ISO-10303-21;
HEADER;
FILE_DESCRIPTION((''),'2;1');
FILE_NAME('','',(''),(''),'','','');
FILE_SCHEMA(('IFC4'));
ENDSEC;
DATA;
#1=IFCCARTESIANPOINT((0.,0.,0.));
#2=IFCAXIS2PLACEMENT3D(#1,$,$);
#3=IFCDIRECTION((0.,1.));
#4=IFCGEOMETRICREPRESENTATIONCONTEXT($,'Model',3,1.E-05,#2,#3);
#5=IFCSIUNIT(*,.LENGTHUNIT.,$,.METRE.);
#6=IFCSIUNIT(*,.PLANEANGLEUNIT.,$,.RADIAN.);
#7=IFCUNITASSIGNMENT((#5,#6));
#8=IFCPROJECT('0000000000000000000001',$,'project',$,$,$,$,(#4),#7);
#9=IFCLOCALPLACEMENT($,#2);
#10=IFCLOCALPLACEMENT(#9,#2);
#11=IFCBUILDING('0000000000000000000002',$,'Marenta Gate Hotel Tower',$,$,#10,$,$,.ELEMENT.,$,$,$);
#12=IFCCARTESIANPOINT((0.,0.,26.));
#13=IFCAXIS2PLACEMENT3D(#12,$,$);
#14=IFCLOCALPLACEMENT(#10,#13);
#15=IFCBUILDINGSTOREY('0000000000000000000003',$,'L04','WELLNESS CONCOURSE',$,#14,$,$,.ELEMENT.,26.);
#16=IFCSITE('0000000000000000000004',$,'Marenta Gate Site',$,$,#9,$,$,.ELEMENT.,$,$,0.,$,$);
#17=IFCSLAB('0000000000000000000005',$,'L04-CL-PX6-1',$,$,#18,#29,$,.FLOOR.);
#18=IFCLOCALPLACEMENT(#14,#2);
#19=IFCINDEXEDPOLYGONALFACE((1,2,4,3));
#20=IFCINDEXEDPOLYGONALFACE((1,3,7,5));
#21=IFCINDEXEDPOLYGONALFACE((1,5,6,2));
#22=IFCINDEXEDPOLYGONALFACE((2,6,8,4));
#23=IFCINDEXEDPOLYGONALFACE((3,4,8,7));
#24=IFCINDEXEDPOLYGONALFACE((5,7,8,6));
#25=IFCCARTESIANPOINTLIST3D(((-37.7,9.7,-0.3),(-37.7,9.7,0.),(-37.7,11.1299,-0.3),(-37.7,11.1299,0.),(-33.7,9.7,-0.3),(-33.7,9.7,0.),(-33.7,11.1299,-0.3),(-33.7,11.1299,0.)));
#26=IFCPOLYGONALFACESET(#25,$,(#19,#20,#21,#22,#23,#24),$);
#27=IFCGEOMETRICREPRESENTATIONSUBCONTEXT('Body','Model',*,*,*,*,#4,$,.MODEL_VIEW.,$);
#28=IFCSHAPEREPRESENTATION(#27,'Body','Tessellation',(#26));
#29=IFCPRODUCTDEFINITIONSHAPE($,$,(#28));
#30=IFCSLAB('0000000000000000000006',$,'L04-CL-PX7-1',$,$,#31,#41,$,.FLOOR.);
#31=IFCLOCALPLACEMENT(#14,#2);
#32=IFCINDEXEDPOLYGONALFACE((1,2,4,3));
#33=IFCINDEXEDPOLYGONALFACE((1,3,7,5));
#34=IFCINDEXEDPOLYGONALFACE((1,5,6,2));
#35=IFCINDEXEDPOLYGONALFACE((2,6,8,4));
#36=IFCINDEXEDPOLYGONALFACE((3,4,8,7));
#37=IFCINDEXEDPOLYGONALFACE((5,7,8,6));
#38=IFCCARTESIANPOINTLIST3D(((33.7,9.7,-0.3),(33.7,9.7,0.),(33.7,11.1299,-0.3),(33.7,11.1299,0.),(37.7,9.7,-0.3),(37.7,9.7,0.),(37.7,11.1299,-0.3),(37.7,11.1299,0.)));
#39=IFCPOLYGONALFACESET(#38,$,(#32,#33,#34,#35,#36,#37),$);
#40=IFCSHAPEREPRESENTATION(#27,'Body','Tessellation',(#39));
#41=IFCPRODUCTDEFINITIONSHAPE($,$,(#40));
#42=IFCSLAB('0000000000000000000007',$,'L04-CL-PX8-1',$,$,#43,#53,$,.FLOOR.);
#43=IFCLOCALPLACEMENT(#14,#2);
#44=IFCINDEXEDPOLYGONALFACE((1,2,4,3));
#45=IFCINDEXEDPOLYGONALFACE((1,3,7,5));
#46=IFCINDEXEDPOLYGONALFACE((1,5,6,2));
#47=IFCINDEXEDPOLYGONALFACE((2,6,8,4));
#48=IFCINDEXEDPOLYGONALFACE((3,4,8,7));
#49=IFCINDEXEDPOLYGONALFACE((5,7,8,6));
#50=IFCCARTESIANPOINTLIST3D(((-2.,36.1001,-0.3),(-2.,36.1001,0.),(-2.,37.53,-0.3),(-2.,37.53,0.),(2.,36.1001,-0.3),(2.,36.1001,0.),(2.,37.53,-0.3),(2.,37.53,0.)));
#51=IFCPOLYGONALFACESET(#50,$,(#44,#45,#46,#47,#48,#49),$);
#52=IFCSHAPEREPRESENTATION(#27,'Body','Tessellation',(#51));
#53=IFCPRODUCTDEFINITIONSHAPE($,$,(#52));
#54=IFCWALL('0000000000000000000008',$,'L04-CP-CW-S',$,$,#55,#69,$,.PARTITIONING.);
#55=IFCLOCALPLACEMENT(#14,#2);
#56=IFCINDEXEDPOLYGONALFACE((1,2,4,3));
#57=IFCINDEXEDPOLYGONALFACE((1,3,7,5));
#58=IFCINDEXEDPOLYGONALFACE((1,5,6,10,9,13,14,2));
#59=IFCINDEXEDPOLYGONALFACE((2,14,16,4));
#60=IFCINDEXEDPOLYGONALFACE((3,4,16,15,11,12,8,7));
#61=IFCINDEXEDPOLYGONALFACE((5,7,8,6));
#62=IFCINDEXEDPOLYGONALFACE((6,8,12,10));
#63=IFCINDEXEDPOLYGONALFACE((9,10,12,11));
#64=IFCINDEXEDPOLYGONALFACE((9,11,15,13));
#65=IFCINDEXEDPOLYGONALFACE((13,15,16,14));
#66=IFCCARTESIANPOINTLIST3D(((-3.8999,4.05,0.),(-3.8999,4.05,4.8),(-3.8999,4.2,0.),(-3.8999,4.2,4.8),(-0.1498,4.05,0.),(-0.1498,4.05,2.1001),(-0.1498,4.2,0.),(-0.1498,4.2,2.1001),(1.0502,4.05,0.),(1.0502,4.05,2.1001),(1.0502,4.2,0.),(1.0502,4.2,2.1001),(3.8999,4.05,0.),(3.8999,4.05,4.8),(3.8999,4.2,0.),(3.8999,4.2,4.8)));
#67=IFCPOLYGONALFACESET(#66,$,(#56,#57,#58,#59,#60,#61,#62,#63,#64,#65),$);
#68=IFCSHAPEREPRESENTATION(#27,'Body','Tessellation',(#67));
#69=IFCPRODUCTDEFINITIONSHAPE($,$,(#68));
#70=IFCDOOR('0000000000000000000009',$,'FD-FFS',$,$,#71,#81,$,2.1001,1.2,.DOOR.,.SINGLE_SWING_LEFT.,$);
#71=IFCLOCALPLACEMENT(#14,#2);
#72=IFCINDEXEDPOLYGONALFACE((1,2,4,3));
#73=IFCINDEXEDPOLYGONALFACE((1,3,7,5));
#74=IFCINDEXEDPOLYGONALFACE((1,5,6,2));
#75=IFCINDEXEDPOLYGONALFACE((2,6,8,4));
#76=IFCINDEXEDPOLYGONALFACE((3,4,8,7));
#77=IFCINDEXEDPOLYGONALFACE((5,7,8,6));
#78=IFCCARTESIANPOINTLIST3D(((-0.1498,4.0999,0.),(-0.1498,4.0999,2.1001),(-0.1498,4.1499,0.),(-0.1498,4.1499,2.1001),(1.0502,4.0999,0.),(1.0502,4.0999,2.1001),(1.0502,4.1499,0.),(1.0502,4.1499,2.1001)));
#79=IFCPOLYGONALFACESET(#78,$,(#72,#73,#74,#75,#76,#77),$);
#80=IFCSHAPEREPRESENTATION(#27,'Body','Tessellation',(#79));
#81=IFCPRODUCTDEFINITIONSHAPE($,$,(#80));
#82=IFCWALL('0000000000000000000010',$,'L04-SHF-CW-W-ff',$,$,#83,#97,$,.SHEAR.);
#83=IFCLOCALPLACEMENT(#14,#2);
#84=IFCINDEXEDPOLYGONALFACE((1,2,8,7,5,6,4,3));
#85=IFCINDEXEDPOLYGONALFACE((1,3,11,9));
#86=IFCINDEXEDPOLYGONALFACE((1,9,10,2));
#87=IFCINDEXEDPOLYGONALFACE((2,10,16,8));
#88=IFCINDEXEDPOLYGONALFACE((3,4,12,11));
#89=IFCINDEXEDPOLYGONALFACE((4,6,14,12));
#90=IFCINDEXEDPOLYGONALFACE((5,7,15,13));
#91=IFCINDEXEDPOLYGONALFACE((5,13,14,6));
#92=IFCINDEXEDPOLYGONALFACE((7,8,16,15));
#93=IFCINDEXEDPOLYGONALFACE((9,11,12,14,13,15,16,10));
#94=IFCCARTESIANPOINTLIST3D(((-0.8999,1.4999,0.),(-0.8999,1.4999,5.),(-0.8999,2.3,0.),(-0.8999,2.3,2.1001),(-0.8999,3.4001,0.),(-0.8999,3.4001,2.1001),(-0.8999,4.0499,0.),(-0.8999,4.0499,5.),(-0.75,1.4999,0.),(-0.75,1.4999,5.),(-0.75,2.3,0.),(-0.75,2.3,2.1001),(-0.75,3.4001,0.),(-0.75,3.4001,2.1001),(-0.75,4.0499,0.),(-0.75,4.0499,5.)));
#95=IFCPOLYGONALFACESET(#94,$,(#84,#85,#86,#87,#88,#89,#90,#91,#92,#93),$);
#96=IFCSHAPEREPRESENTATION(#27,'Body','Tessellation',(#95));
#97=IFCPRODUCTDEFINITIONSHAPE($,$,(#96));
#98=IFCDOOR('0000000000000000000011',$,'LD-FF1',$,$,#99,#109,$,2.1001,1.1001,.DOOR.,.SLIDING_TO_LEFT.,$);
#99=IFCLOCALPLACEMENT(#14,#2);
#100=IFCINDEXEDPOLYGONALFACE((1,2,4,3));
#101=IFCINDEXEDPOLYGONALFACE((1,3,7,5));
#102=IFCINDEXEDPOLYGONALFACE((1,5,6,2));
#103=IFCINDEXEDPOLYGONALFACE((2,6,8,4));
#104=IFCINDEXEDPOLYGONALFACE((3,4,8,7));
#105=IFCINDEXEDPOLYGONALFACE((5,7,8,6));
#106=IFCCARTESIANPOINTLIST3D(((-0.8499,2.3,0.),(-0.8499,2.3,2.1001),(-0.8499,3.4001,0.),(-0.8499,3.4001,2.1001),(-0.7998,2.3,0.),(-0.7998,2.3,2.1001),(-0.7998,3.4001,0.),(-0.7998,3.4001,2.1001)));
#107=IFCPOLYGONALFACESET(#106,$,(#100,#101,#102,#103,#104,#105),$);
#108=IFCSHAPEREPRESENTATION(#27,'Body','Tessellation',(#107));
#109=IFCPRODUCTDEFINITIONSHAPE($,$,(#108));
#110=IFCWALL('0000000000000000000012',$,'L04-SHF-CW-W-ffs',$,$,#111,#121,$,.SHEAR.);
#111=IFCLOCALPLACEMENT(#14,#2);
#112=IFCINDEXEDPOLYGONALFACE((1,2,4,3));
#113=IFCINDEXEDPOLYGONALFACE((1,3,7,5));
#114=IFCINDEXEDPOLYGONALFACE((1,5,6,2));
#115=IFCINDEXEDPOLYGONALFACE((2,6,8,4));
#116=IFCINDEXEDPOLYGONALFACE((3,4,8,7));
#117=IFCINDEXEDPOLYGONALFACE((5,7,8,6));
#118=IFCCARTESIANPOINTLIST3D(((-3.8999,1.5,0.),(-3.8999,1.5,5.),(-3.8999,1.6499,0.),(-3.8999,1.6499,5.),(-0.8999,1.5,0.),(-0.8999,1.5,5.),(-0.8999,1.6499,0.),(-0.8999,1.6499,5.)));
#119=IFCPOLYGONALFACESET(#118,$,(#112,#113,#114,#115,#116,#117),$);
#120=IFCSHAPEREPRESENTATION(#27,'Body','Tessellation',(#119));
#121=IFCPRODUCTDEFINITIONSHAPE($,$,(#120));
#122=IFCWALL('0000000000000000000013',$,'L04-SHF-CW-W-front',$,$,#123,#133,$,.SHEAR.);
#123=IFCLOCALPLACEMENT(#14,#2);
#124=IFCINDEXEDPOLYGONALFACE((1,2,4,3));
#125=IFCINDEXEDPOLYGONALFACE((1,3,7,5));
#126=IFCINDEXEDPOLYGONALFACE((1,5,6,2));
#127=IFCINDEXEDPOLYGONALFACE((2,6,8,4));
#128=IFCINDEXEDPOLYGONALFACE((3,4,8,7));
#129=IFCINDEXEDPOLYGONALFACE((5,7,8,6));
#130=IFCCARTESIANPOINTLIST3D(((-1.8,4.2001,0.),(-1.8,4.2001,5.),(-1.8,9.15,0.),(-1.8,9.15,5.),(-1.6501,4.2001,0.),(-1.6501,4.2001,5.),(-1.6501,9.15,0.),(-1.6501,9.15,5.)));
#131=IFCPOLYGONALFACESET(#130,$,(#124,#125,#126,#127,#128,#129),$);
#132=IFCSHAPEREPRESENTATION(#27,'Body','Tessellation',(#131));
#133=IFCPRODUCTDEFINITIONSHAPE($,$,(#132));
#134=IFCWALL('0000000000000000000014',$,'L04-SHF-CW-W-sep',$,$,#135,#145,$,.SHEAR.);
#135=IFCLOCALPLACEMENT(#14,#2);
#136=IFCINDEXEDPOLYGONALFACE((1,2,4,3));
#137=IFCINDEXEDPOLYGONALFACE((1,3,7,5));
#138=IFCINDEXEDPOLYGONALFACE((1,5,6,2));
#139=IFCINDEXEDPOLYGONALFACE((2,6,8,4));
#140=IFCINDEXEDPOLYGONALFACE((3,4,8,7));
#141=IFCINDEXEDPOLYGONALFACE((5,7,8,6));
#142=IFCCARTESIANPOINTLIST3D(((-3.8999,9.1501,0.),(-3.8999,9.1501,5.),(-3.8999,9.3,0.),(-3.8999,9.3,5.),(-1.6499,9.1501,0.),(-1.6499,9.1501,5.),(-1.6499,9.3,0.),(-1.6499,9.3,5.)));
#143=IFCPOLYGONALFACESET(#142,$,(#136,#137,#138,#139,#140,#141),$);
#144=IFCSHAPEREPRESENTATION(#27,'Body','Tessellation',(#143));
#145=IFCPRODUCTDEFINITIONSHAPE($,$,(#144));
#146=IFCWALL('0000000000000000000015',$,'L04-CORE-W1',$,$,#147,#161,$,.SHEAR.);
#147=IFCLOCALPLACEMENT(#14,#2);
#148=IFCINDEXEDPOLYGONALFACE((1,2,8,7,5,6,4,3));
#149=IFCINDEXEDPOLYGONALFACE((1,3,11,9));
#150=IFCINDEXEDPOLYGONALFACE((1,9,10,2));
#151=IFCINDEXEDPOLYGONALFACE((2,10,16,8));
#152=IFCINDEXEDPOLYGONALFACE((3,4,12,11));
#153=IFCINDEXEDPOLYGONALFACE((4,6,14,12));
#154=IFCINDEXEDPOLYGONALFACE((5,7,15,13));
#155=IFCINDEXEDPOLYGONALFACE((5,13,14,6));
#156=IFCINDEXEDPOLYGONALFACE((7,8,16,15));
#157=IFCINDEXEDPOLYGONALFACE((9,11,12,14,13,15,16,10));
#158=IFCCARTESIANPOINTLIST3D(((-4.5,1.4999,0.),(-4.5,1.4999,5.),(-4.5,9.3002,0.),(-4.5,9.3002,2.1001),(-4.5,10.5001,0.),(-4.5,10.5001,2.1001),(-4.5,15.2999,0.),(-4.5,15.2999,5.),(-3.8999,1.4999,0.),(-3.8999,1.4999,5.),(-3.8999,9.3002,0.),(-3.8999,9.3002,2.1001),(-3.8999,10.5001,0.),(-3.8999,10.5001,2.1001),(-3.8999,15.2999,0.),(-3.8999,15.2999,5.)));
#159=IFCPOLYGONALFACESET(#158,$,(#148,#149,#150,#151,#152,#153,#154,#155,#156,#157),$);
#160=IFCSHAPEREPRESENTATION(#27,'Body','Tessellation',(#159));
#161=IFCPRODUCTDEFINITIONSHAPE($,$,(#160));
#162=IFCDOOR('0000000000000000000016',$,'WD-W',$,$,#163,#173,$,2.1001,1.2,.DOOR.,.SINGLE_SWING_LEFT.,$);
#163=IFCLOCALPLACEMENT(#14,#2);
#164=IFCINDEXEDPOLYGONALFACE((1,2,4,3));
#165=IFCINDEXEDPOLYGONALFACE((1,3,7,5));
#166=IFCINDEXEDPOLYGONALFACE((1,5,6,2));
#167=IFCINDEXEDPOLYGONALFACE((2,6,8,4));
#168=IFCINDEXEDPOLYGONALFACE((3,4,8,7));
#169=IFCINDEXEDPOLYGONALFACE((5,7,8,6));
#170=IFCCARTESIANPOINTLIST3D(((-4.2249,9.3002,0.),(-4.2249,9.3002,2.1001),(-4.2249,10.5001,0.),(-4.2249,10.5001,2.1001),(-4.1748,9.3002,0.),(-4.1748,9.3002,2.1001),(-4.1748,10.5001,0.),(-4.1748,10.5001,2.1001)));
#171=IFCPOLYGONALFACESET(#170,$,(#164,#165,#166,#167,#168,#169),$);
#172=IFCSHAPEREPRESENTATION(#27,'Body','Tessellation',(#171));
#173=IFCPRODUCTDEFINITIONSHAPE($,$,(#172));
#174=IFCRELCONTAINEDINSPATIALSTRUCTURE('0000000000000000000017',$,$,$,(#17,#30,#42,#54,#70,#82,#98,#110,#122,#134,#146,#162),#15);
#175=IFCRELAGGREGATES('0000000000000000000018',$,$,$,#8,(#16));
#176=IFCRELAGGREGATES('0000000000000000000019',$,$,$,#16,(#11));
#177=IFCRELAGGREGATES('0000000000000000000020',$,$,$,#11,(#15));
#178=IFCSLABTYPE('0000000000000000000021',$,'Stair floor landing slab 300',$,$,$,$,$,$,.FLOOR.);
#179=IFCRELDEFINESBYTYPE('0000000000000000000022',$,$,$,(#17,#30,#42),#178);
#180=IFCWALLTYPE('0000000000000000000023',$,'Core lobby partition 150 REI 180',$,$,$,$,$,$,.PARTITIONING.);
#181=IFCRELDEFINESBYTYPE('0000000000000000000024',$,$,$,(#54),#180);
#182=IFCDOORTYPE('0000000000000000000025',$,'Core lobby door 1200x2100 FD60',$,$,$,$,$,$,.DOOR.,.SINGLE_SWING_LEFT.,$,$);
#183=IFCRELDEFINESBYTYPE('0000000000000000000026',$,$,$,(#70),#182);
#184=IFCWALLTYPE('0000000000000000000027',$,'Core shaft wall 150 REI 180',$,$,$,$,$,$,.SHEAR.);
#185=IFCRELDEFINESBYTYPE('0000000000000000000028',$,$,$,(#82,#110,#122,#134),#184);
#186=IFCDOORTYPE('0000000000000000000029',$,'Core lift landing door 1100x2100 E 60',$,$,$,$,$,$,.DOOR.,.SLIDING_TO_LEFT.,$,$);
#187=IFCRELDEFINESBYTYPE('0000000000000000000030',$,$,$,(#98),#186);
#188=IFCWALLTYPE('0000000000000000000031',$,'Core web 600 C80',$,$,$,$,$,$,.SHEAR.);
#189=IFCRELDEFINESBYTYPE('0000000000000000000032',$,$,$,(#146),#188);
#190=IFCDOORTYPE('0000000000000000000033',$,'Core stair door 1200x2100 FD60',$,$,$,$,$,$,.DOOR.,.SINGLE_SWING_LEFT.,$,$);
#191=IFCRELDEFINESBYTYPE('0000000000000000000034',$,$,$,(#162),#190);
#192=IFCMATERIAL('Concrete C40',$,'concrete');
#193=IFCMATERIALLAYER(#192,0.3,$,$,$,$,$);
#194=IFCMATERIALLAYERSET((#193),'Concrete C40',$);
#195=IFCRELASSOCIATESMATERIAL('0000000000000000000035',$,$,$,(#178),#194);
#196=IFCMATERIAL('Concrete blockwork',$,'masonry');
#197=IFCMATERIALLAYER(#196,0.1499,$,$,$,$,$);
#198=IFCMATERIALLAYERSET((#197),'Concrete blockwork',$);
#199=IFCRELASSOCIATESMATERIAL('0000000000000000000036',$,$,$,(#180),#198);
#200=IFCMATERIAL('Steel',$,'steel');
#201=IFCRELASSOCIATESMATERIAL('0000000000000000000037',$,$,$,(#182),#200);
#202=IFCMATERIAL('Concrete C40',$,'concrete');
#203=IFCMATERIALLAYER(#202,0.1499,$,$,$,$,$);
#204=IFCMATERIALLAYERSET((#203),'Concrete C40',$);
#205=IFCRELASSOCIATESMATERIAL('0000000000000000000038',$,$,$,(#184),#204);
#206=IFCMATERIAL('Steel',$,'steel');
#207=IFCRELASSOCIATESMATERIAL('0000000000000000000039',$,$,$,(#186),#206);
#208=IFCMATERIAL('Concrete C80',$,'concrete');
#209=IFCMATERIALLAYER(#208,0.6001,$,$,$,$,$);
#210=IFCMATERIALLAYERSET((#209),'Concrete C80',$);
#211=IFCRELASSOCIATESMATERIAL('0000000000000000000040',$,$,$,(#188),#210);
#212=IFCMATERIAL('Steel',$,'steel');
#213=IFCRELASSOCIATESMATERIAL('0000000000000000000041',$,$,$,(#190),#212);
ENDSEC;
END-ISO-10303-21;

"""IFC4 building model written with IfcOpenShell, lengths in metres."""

from ifc_helpers import new_model, si_unit, direction, frame, frame_2d, origin, place, context, subcontext, project, spatial, polyline, rectangle, outline, extrude, material, layer, layer_set, type_object, element, fill, save


model = new_model("IFC4")

# Units and contexts
model_context = context("Model", 3, precision=1e-05, world=origin(), true_north=direction((0.0, 1.0)))
body_context = subcontext(model_context, "Body", "Model", "MODEL_VIEW")
ifc_project = project(units=[si_unit("LENGTHUNIT", "METRE"), si_unit("PLANEANGLEUNIT", "RADIAN")], contexts=[model_context])

# Site, building, storey
site_placement = place(None, origin())
site = spatial("IfcSite", under=ifc_project, at=site_placement, Name="Marenta Gate Site", CompositionType="ELEMENT", RefElevation=0.0)
building_placement = place(site_placement, origin())
building = spatial("IfcBuilding", under=site, at=building_placement, Name="Marenta Gate Hotel Tower", CompositionType="ELEMENT")
storey_placement = place(building_placement, frame((0.0, 0.0, 26.0)))
storey = spatial("IfcBuildingStorey", under=building, at=storey_placement, Name="L04", Description="WELLNESS CONCOURSE", CompositionType="ELEMENT", Elevation=26.0)

# Slabs
ifc_material_1 = material(Name="Concrete C40", Category="concrete")
ifc_layer_1 = layer(ifc_material_1, 0.3)
ifc_layer_set_1 = layer_set([ifc_layer_1], Name="Concrete C40")
slab_type_1 = type_object("IfcSlabType", Name="Stair floor landing slab 300", PredefinedType="FLOOR", material=ifc_layer_set_1)
slab_1_placement = place(storey_placement, frame((0.0, 0.0, -0.3)))
element("IfcSlab", 1, at=slab_1_placement, inside=storey, type_object=slab_type_1, Name="L04-CL-PX6-1", PredefinedType="FLOOR", context=body_context, shape_type="SweptSolid", body=[
    extrude(outline(polyline([(-33.7, 9.7), (-37.7, 9.7), (-37.7, 11.1299), (-33.7, 11.1299), (-33.7, 9.7)])), origin(), (0.0, 0.0, 1.0), 0.3),
])
slab_2_placement = place(storey_placement, frame((0.0, 0.0, -0.3)))
element("IfcSlab", 2, at=slab_2_placement, inside=storey, type_object=slab_type_1, Name="L04-CL-PX7-1", PredefinedType="FLOOR", context=body_context, shape_type="SweptSolid", body=[
    extrude(outline(polyline([(37.7, 9.7), (33.7, 9.7), (33.7, 11.1299), (37.7, 11.1299), (37.7, 9.7)])), origin(), (0.0, 0.0, 1.0), 0.3),
])
slab_3_placement = place(storey_placement, frame((0.0, 0.0, -0.3)))
element("IfcSlab", 3, at=slab_3_placement, inside=storey, type_object=slab_type_1, Name="L04-CL-PX8-1", PredefinedType="FLOOR", context=body_context, shape_type="SweptSolid", body=[
    extrude(outline(polyline([(2.0, 36.1001), (-2.0, 36.1001), (-2.0, 37.53), (2.0, 37.53), (2.0, 36.1001)])), origin(), (0.0, 0.0, 1.0), 0.3),
])

# Walls, openings, doors
ifc_material_2 = material(Name="Concrete blockwork", Category="masonry")
ifc_layer_2 = layer(ifc_material_2, 0.1499)
ifc_layer_set_2 = layer_set([ifc_layer_2], Name="Concrete blockwork")
wall_type_1 = type_object("IfcWallType", Name="Core lobby partition 150 REI 180", PredefinedType="PARTITIONING", material=ifc_layer_set_2)
wall_1_placement = place(storey_placement, frame((-3.8999, 4.125, 0.0), z_axis=(0.0, 0.0, 1.0), x_axis=(1.0, 0.0, 0.0)))
wall_1 = element("IfcWall", 4, at=wall_1_placement, inside=storey, type_object=wall_type_1, Name="L04-CP-CW-S", PredefinedType="PARTITIONING", context=body_context, shape_type="SweptSolid", body=[
    extrude(rectangle(XDim=7.7998, YDim=0.1499, at=frame_2d((3.8999, 0.0))), origin(), (0.0, 0.0, 1.0), 4.8),
])
opening_1_placement = place(wall_1_placement, frame((3.75, 0.0, 0.0)))
opening_1 = element("IfcOpeningElement", 5, at=opening_1_placement, cuts=wall_1, PredefinedType="OPENING", context=body_context, shape_type="SweptSolid", body=[
    extrude(rectangle(XDim=1.2, YDim=2.1001, at=frame_2d((0.6001, 1.05))), frame((0.0, 0.075, 0.0), z_axis=(0.0, -1.0, 0.0), x_axis=(1.0, 0.0, 0.0)), (0.0, 0.0, 1.0), 0.1499),
])
ifc_material_3 = material(Name="Steel", Category="steel")
door_type_1 = type_object("IfcDoorType", Name="Core lobby door 1200x2100 FD60", OperationType="SINGLE_SWING_LEFT", PredefinedType="DOOR", material=ifc_material_3)
door_1_placement = place(opening_1_placement, origin())
door_1 = element("IfcDoor", 6, at=door_1_placement, inside=storey, type_object=door_type_1, Name="FD-FFS", OperationType="SINGLE_SWING_LEFT", OverallHeight=2.1001, OverallWidth=1.2, PredefinedType="DOOR", context=body_context, shape_type="SweptSolid", body=[
    extrude(rectangle(XDim=1.2, YDim=2.1001, at=frame_2d((0.6001, 1.05))), frame((0.0, 0.0249, 0.0), z_axis=(0.0, -1.0, 0.0), x_axis=(1.0, 0.0, 0.0)), (0.0, 0.0, 1.0), 0.05),
])
fill(opening_1, door_1)
ifc_material_4 = material(Name="Concrete C40", Category="concrete")
ifc_layer_3 = layer(ifc_material_4, 0.1499)
ifc_layer_set_3 = layer_set([ifc_layer_3], Name="Concrete C40")
wall_type_2 = type_object("IfcWallType", Name="Core shaft wall 150 REI 180", PredefinedType="SHEAR", material=ifc_layer_set_3)
wall_2_placement = place(storey_placement, frame((-0.825, 1.5, 0.0), z_axis=(0.0, 0.0, 1.0), x_axis=(0.0, 1.0, 0.0)))
wall_2 = element("IfcWall", 7, at=wall_2_placement, inside=storey, type_object=wall_type_2, Name="L04-SHF-CW-W-ff", PredefinedType="SHEAR", context=body_context, shape_type="SweptSolid", body=[
    extrude(rectangle(XDim=2.55, YDim=0.1499, at=frame_2d((1.2749, 0.0))), origin(), (0.0, 0.0, 1.0), 5.0),
])
opening_2_placement = place(wall_2_placement, frame((0.8, 0.0, 0.0)))
opening_2 = element("IfcOpeningElement", 8, at=opening_2_placement, cuts=wall_2, PredefinedType="OPENING", context=body_context, shape_type="SweptSolid", body=[
    extrude(rectangle(XDim=1.1001, YDim=2.1001, at=frame_2d((0.55, 1.05))), frame((0.0, 0.075, 0.0), z_axis=(0.0, -1.0, 0.0), x_axis=(1.0, 0.0, 0.0)), (0.0, 0.0, 1.0), 0.1499),
])
ifc_material_5 = material(Name="Steel", Category="steel")
door_type_2 = type_object("IfcDoorType", Name="Core lift landing door 1100x2100 E 60", OperationType="SLIDING_TO_LEFT", PredefinedType="DOOR", material=ifc_material_5)
door_2_placement = place(opening_2_placement, origin())
door_2 = element("IfcDoor", 9, at=door_2_placement, inside=storey, type_object=door_type_2, Name="LD-FF1", OperationType="SLIDING_TO_LEFT", OverallHeight=2.1001, OverallWidth=1.1001, PredefinedType="DOOR", context=body_context, shape_type="SweptSolid", body=[
    extrude(rectangle(XDim=1.1001, YDim=2.1001, at=frame_2d((0.55, 1.05))), frame((0.0, 0.0249, 0.0), z_axis=(0.0, -1.0, 0.0), x_axis=(1.0, 0.0, 0.0)), (0.0, 0.0, 1.0), 0.05),
])
fill(opening_2, door_2)

# Walls
wall_3_placement = place(storey_placement, frame((-3.8999, 1.575, 0.0), z_axis=(0.0, 0.0, 1.0), x_axis=(1.0, 0.0, 0.0)))
element("IfcWall", 10, at=wall_3_placement, inside=storey, type_object=wall_type_2, Name="L04-SHF-CW-W-ffs", PredefinedType="SHEAR", context=body_context, shape_type="SweptSolid", body=[
    extrude(rectangle(XDim=3.0, YDim=0.1499, at=frame_2d((1.5, 0.0))), origin(), (0.0, 0.0, 1.0), 5.0),
])
wall_4_placement = place(storey_placement, frame((-1.7251, 4.2, 0.0), z_axis=(0.0, 0.0, 1.0), x_axis=(0.0, 1.0, 0.0)))
element("IfcWall", 11, at=wall_4_placement, inside=storey, type_object=wall_type_2, Name="L04-SHF-CW-W-front", PredefinedType="SHEAR", context=body_context, shape_type="SweptSolid", body=[
    extrude(rectangle(XDim=4.95, YDim=0.1499, at=frame_2d((2.4751, 0.0))), origin(), (0.0, 0.0, 1.0), 5.0),
])
wall_5_placement = place(storey_placement, frame((-3.8999, 9.2251, 0.0), z_axis=(0.0, 0.0, 1.0), x_axis=(1.0, 0.0, 0.0)))
element("IfcWall", 12, at=wall_5_placement, inside=storey, type_object=wall_type_2, Name="L04-SHF-CW-W-sep", PredefinedType="SHEAR", context=body_context, shape_type="SweptSolid", body=[
    extrude(rectangle(XDim=2.25, YDim=0.1499, at=frame_2d((1.125, 0.0))), origin(), (0.0, 0.0, 1.0), 5.0),
])

# Wall, opening, door
ifc_material_6 = material(Name="Concrete C80", Category="concrete")
ifc_layer_4 = layer(ifc_material_6, 0.6001)
ifc_layer_set_4 = layer_set([ifc_layer_4], Name="Concrete C80")
wall_type_3 = type_object("IfcWallType", Name="Core web 600 C80", PredefinedType="SHEAR", material=ifc_layer_set_4)
wall_6_placement = place(storey_placement, frame((-4.2, 1.5, 0.0), z_axis=(0.0, 0.0, 1.0), x_axis=(0.0, 1.0, 0.0)))
wall_6 = element("IfcWall", 13, at=wall_6_placement, inside=storey, type_object=wall_type_3, Name="L04-CORE-W1", PredefinedType="SHEAR", context=body_context, shape_type="SweptSolid", body=[
    extrude(rectangle(XDim=13.8, YDim=0.6001, at=frame_2d((6.8999, 0.0))), origin(), (0.0, 0.0, 1.0), 5.0),
])
opening_3_placement = place(wall_6_placement, frame((7.8, 0.0, 0.0)))
opening_3 = element("IfcOpeningElement", 14, at=opening_3_placement, cuts=wall_6, PredefinedType="OPENING", context=body_context, shape_type="SweptSolid", body=[
    extrude(rectangle(XDim=1.2, YDim=2.1001, at=frame_2d((0.6001, 1.05))), frame((0.0, 0.3, 0.0), z_axis=(0.0, -1.0, 0.0), x_axis=(1.0, 0.0, 0.0)), (0.0, 0.0, 1.0), 0.6001),
])
ifc_material_7 = material(Name="Steel", Category="steel")
door_type_3 = type_object("IfcDoorType", Name="Core stair door 1200x2100 FD60", OperationType="SINGLE_SWING_LEFT", PredefinedType="DOOR", material=ifc_material_7)
door_3_placement = place(opening_3_placement, origin())
door_3 = element("IfcDoor", 15, at=door_3_placement, inside=storey, type_object=door_type_3, Name="WD-W", OperationType="SINGLE_SWING_LEFT", OverallHeight=2.1001, OverallWidth=1.2, PredefinedType="DOOR", context=body_context, shape_type="SweptSolid", body=[
    extrude(rectangle(XDim=1.2, YDim=2.1001, at=frame_2d((0.6001, 1.05))), frame((0.0, 0.0249, 0.0), z_axis=(0.0, -1.0, 0.0), x_axis=(1.0, 0.0, 0.0)), (0.0, 0.0, 1.0), 0.05),
])
fill(opening_3, door_3)

save(model, "model.ifc")
